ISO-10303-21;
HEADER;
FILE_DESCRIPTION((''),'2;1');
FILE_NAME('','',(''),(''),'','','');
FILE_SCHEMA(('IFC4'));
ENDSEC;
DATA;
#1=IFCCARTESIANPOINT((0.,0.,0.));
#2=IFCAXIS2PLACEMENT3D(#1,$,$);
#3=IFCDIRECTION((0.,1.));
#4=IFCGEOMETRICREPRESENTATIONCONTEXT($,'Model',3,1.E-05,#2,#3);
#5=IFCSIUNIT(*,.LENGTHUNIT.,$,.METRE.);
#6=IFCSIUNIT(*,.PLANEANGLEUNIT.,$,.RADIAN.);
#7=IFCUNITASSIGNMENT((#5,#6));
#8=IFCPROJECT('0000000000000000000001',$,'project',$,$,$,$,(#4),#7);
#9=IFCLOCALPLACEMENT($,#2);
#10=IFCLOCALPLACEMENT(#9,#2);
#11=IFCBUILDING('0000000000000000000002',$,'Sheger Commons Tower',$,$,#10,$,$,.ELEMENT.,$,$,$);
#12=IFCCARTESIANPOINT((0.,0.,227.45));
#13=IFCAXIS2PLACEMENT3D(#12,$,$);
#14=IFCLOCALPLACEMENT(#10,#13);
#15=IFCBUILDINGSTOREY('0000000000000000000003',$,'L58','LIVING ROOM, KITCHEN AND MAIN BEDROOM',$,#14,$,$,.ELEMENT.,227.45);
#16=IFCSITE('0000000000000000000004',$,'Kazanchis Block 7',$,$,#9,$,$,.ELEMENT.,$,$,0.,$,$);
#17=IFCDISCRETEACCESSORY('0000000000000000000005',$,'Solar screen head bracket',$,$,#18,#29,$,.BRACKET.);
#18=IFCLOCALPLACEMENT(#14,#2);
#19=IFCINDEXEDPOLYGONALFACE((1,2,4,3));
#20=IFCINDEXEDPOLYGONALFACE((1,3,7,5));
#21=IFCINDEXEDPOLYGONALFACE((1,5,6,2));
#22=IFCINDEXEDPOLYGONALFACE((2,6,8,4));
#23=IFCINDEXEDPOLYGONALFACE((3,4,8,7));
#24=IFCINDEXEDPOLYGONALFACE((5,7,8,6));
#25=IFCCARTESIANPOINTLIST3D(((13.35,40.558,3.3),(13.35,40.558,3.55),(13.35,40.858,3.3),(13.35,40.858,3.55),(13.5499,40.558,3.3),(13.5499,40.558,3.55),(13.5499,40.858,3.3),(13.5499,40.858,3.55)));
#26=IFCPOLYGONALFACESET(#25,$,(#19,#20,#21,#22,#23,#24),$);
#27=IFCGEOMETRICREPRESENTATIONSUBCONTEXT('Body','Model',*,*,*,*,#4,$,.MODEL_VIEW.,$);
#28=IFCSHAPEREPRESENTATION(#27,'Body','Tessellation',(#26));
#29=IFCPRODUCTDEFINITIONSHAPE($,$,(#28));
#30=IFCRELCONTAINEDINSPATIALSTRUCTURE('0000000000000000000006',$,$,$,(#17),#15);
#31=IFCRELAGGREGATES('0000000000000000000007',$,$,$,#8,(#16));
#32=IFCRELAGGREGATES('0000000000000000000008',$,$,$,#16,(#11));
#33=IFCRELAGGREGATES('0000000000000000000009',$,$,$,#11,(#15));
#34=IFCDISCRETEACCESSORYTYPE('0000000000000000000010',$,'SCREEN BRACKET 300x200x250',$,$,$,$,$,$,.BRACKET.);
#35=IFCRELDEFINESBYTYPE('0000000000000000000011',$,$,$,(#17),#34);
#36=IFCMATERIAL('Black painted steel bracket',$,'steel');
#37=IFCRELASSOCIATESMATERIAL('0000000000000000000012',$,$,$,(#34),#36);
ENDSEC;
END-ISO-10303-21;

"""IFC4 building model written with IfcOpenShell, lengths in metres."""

from ifc_helpers import new_model, si_unit, direction, frame, origin, origin_2d, place, context, subcontext, project, spatial, rectangle, extrude, material, type_object, element, save


model = new_model("IFC4")

# Units and contexts
model_context = context("Model", 3, precision=1e-05, world=origin(), true_north=direction((0.0, 1.0)))
body_context = subcontext(model_context, "Body", "Model", "MODEL_VIEW")
ifc_project = project(units=[si_unit("LENGTHUNIT", "METRE"), si_unit("PLANEANGLEUNIT", "RADIAN")], contexts=[model_context])

# Site, building, storey
site_placement = place(None, origin())
site = spatial("IfcSite", under=ifc_project, at=site_placement, Name="Kazanchis Block 7", CompositionType="ELEMENT", RefElevation=0.0)
building_placement = place(site_placement, origin())
building = spatial("IfcBuilding", under=site, at=building_placement, Name="Sheger Commons Tower", CompositionType="ELEMENT")
storey_placement = place(building_placement, frame((0.0, 0.0, 227.45)))
storey = spatial("IfcBuildingStorey", under=building, at=storey_placement, Name="L58", Description="LIVING ROOM, KITCHEN AND MAIN BEDROOM", CompositionType="ELEMENT", Elevation=227.45)

# Discrete accessory
ifc_material_1 = material(Name="Black painted steel bracket", Category="steel")
discrete_accessory_type = type_object("IfcDiscreteAccessoryType", Name="SCREEN BRACKET 300x200x250", PredefinedType="BRACKET", material=ifc_material_1)
for number, where, z_axis, x_axis, name in (
    (1, (13.45, 40.708, 3.3), (0.0, 0.0, 1.0), (0.0, -1.0, 0.0), "Solar screen head bracket"),
):
    element("IfcDiscreteAccessory", number, at=place(storey_placement, frame(where, z_axis=z_axis, x_axis=x_axis)), inside=storey, type_object=discrete_accessory_type, Name=name, PredefinedType="BRACKET", context=body_context, shape_type="SweptSolid", body=[
        extrude(rectangle(XDim=0.3, YDim=0.2, at=origin_2d()), origin(), (0.0, 0.0, 1.0), 0.25),
    ])

save(model, "model.ifc")
